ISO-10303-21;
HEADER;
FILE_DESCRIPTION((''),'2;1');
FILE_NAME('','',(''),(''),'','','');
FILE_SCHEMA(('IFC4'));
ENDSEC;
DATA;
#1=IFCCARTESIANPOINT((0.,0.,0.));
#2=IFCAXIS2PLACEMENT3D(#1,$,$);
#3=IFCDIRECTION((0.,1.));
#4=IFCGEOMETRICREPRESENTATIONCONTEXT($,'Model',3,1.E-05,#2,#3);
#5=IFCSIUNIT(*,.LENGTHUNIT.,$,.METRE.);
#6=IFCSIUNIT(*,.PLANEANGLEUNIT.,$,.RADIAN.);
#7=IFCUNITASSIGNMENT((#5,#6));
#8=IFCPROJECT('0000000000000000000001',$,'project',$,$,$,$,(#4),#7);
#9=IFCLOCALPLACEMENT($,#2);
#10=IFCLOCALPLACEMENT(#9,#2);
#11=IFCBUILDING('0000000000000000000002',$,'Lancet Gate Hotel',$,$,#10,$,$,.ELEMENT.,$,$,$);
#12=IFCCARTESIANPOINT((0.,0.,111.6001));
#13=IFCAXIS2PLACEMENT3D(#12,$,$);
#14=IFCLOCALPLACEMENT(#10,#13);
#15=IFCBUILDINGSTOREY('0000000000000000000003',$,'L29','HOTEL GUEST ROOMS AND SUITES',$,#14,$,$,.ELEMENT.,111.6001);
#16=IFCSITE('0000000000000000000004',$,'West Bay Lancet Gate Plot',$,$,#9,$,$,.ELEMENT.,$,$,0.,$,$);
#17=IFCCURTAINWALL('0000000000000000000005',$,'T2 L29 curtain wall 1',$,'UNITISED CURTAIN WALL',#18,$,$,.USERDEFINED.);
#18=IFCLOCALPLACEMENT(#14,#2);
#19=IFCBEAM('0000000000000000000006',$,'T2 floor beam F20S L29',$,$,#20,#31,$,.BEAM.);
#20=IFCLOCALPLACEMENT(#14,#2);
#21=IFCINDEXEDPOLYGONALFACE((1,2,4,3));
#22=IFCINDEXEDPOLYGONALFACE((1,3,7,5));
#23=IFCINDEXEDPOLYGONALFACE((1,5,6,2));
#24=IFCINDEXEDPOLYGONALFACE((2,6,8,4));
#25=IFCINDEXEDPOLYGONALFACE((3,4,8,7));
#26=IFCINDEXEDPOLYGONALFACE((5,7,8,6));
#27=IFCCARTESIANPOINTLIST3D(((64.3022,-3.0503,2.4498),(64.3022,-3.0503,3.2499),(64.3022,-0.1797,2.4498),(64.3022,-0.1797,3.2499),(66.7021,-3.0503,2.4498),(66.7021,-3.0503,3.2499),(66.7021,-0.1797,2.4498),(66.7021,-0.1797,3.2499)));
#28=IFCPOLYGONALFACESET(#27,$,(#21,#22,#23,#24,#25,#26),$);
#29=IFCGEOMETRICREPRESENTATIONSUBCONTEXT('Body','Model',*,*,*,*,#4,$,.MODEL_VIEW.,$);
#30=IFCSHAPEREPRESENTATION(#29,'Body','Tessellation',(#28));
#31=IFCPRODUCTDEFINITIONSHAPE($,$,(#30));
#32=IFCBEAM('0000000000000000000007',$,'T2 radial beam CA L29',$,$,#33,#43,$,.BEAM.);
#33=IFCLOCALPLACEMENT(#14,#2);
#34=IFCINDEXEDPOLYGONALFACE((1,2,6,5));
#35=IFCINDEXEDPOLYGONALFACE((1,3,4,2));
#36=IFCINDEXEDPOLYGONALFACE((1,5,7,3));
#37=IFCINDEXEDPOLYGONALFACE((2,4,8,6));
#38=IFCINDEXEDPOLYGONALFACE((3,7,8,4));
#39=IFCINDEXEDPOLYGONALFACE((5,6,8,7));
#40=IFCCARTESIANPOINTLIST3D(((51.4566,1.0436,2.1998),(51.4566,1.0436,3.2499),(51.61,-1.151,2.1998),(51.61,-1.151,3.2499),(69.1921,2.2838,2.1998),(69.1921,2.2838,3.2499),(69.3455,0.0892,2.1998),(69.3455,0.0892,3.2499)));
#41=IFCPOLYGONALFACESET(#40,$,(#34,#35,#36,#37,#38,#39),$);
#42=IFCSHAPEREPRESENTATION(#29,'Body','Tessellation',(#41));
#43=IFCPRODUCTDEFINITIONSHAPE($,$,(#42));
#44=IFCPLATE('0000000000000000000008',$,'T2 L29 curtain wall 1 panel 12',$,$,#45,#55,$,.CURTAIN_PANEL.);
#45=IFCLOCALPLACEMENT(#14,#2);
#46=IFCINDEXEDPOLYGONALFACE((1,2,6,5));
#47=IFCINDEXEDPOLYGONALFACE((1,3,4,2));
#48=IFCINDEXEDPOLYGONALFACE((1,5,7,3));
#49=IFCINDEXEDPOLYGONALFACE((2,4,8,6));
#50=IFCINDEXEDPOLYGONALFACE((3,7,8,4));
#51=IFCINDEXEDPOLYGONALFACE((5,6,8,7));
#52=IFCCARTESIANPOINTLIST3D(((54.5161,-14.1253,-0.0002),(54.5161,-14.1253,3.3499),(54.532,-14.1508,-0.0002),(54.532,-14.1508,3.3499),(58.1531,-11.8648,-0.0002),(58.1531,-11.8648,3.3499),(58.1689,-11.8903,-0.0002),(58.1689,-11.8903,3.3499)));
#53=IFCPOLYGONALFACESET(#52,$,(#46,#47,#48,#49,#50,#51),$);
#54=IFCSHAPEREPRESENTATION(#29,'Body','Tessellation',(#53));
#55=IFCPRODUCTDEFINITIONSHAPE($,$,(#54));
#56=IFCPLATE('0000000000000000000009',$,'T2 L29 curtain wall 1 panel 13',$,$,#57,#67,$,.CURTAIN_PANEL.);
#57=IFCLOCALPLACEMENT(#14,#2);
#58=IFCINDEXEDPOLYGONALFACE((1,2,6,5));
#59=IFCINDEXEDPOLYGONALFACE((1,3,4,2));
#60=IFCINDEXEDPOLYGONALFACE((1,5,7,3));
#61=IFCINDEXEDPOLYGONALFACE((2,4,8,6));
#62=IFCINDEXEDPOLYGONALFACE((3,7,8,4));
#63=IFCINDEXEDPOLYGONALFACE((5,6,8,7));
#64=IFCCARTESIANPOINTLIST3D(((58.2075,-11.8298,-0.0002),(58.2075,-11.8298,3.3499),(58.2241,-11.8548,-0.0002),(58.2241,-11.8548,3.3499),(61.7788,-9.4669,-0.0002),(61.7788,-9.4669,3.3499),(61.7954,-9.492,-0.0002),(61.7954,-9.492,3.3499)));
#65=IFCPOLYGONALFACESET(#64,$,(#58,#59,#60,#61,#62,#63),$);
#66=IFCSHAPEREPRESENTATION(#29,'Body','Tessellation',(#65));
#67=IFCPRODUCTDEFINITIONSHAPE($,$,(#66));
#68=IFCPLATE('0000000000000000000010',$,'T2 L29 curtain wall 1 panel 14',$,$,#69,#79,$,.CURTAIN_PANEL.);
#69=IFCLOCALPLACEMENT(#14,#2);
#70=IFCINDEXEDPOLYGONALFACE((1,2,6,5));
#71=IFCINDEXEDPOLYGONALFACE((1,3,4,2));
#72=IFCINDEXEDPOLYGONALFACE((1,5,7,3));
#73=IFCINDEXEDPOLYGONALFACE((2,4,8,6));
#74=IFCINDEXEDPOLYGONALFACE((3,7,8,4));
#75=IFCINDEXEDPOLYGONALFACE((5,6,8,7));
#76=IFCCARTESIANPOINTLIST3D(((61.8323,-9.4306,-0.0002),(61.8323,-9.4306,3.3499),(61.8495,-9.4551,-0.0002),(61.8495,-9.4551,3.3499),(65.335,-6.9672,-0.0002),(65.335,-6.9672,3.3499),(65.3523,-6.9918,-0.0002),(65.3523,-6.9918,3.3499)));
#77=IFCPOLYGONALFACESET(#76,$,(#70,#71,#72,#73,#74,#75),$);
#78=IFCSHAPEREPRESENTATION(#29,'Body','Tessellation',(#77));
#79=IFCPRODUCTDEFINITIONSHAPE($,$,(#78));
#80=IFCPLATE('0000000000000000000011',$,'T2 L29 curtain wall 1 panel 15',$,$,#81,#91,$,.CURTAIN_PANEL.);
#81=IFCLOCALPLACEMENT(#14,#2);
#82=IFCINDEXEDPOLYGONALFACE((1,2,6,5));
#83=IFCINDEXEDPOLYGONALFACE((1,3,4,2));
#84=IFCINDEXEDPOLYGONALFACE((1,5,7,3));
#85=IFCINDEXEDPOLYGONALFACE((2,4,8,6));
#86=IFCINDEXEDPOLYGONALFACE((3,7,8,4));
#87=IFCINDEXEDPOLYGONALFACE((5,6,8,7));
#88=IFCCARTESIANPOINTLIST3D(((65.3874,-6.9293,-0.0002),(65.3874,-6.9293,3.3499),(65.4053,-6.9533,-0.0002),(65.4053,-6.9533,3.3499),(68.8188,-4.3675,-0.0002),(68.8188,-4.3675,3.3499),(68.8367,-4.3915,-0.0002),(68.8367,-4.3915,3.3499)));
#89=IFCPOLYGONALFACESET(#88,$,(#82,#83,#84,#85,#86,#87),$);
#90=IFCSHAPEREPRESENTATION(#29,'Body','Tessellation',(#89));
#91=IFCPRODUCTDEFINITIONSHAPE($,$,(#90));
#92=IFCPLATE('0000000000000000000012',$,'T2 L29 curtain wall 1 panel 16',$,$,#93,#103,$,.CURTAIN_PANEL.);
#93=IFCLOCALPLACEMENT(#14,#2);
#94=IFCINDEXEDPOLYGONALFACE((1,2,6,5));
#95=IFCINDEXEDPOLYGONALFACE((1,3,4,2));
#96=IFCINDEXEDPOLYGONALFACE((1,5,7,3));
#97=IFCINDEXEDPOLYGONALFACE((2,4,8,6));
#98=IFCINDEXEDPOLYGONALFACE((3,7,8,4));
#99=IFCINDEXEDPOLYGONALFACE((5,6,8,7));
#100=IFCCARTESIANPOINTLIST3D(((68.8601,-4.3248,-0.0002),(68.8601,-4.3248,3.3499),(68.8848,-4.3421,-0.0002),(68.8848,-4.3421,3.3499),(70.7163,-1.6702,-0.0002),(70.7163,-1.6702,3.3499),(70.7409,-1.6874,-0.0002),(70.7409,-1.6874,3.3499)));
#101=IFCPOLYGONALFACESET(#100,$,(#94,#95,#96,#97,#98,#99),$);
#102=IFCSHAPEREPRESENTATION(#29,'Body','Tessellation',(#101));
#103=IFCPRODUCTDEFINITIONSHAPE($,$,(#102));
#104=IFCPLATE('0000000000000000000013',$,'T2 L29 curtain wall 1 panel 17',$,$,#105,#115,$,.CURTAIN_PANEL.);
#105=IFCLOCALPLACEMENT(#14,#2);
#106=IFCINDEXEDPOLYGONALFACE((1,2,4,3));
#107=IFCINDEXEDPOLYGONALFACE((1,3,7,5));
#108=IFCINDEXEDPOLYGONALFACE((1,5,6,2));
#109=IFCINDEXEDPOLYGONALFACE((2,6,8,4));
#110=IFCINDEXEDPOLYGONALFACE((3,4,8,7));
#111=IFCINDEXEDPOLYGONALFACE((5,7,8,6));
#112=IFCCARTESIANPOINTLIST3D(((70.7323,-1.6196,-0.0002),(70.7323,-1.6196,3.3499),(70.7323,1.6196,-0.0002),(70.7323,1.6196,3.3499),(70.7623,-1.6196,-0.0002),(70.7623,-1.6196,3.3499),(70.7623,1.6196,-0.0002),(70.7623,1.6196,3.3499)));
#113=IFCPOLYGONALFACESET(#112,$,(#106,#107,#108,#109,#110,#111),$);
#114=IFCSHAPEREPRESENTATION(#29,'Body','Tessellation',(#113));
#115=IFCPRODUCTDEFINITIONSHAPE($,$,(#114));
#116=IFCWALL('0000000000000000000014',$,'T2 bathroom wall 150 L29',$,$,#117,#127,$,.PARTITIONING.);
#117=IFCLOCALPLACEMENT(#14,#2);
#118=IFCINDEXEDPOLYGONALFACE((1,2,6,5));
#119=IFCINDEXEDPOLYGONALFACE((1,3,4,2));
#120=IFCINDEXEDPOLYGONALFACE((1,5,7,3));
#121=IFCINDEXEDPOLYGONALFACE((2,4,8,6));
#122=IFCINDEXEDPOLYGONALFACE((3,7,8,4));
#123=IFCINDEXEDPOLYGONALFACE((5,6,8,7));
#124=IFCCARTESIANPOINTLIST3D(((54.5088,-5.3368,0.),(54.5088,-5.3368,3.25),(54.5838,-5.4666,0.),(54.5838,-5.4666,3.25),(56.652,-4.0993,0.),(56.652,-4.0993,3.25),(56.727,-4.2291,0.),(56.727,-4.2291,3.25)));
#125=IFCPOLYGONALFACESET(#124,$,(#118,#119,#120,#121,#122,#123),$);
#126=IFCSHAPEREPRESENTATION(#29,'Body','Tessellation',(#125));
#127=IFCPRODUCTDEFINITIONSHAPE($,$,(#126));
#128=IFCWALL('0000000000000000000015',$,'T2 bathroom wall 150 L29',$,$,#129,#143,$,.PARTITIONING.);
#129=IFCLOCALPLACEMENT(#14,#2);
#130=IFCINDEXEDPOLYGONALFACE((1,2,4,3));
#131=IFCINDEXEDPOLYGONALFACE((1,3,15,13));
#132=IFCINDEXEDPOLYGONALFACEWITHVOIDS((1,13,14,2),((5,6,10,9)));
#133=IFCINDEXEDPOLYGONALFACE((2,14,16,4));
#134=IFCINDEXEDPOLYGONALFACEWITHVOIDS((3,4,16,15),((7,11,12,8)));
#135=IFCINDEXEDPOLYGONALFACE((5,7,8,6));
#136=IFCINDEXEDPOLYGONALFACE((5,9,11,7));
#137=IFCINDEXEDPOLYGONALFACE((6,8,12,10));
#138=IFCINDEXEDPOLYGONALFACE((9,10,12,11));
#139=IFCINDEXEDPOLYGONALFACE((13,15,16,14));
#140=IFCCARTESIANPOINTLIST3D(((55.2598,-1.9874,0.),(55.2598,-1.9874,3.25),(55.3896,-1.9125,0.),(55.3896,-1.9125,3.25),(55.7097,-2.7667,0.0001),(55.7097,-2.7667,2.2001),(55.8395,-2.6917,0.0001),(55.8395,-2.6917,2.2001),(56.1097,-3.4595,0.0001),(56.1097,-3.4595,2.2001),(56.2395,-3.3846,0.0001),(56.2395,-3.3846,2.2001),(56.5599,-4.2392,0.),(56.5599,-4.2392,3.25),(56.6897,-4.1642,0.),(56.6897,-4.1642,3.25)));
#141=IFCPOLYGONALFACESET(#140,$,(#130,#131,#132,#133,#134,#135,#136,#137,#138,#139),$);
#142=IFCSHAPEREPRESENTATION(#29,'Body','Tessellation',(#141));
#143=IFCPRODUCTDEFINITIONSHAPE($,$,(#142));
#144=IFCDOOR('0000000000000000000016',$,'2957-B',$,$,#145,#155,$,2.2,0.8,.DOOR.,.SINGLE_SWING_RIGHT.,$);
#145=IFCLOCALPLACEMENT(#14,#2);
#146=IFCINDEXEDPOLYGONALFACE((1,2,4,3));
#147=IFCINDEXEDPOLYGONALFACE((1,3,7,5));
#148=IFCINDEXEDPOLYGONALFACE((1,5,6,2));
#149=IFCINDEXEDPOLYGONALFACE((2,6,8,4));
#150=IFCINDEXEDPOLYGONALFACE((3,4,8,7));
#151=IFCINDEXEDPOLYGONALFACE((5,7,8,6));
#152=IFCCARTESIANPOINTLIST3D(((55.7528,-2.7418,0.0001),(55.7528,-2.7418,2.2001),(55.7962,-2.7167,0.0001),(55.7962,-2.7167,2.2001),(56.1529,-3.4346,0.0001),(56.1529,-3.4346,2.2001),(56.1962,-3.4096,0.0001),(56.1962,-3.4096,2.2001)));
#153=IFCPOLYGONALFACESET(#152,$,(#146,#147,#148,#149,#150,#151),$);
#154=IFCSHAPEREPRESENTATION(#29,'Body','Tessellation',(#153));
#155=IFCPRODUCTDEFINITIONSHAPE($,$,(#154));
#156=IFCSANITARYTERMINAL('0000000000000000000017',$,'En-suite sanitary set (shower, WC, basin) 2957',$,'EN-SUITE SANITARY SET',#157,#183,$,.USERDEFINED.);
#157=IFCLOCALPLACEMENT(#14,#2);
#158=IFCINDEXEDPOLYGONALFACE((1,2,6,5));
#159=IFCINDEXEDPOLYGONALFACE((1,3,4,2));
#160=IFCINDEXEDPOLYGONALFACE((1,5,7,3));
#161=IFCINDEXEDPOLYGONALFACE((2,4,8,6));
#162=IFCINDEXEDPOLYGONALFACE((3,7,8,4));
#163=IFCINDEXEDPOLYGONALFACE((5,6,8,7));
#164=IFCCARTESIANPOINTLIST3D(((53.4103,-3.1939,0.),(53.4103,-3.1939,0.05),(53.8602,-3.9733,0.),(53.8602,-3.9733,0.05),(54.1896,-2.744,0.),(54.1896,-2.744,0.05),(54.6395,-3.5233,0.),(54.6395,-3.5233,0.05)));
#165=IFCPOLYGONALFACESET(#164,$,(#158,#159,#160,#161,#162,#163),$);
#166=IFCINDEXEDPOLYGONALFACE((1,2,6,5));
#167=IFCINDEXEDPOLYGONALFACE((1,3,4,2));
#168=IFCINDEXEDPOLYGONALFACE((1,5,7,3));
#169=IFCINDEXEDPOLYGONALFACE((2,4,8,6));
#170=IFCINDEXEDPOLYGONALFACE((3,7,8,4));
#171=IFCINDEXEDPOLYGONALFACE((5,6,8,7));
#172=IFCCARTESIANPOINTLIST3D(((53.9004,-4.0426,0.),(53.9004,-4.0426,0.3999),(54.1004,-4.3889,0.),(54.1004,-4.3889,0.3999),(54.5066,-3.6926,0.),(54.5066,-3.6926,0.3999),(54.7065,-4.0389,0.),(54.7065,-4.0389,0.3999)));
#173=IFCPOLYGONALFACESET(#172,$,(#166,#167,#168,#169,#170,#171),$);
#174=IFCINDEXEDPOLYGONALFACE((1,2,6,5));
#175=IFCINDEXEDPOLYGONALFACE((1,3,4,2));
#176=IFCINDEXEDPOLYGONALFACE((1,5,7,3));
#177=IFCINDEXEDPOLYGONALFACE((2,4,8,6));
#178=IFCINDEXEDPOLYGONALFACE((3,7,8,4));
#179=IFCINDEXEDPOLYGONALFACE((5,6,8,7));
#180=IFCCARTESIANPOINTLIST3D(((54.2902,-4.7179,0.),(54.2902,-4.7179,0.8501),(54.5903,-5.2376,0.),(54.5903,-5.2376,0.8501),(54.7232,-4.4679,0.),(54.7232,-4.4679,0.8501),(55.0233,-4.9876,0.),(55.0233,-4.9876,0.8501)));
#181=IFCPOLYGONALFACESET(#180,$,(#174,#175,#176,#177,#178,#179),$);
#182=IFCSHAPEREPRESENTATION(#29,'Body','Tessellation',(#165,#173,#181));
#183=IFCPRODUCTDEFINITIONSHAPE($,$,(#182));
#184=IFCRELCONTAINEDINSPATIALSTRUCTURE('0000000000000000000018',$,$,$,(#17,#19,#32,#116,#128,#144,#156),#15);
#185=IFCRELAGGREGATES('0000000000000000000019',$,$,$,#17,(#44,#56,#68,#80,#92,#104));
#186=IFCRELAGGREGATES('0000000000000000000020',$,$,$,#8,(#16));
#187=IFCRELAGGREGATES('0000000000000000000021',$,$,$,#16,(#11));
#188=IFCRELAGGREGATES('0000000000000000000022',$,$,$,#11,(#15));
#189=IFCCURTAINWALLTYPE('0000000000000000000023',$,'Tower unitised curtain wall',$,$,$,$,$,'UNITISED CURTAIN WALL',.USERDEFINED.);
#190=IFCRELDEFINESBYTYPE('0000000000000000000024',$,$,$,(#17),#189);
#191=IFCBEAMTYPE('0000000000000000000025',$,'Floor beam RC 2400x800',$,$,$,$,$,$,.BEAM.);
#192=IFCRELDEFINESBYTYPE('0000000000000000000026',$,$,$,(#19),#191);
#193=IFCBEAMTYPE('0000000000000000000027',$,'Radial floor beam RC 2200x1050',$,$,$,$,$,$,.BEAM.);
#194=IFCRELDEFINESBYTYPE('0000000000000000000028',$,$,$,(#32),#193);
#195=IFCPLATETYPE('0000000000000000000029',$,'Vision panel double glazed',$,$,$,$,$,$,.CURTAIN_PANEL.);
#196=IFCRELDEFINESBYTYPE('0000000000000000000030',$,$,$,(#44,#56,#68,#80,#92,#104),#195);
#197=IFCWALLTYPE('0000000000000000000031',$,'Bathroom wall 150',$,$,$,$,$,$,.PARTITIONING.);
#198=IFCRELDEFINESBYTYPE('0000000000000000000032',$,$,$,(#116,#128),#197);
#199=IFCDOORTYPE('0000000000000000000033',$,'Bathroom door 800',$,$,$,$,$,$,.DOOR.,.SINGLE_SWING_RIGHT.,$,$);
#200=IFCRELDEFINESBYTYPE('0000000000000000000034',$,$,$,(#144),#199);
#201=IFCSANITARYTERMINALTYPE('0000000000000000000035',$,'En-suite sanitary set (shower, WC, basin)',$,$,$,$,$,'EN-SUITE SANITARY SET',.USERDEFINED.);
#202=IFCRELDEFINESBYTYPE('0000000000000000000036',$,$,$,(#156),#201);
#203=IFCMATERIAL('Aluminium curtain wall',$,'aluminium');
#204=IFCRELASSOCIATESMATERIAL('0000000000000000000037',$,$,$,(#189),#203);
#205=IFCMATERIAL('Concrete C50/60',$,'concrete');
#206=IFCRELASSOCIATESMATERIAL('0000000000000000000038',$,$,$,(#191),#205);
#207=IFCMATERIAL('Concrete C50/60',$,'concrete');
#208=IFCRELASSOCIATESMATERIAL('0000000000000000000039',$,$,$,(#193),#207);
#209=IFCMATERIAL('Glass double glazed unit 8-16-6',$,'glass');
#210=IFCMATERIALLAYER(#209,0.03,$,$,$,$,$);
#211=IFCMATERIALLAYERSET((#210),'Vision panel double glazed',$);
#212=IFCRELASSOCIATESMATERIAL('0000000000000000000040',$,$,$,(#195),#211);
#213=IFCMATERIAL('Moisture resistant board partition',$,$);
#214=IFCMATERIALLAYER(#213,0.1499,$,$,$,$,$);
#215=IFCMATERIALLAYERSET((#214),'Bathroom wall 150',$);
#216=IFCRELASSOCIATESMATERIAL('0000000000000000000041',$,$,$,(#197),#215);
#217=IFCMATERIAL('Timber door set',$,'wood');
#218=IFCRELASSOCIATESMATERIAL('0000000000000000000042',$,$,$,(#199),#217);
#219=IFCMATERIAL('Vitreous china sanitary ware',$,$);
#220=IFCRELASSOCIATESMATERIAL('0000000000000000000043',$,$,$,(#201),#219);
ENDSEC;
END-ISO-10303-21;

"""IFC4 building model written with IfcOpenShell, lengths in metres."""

from ifc_helpers import new_model, si_unit, direction, frame, frame_2d, origin, origin_2d, place, context, subcontext, project, spatial, rectangle, extrude, material, layer, layer_set, material_profile, profile_set, type_object, element, fill, aggregate, save


model = new_model("IFC4")

# Units and contexts
model_context = context("Model", 3, precision=1e-05, world=origin(), true_north=direction((0.0, 1.0)))
body_context = subcontext(model_context, "Body", "Model", "MODEL_VIEW")
ifc_project = project(units=[si_unit("LENGTHUNIT", "METRE"), si_unit("PLANEANGLEUNIT", "RADIAN")], contexts=[model_context])

# Site, building, storey
site_placement = place(None, origin())
site = spatial("IfcSite", under=ifc_project, at=site_placement, Name="West Bay Lancet Gate Plot", CompositionType="ELEMENT", RefElevation=0.0)
building_placement = place(site_placement, origin())
building = spatial("IfcBuilding", under=site, at=building_placement, Name="Lancet Gate Hotel", CompositionType="ELEMENT")
storey_placement = place(building_placement, frame((0.0, 0.0, 111.6001)))
storey = spatial("IfcBuildingStorey", under=building, at=storey_placement, Name="L29", Description="HOTEL GUEST ROOMS AND SUITES", CompositionType="ELEMENT", Elevation=111.6001)

# Curtain wall
ifc_material_1 = material(Name="Aluminium curtain wall", Category="aluminium")
curtain_wall_type = type_object("IfcCurtainWallType", Name="Tower unitised curtain wall", ElementType="UNITISED CURTAIN WALL", PredefinedType="USERDEFINED", material=ifc_material_1)
curtain_wall_placement = place(storey_placement, origin())
curtain_wall = element("IfcCurtainWall", 1, at=curtain_wall_placement, inside=storey, type_object=curtain_wall_type, Name="T2 L29 curtain wall 1", ObjectType="UNITISED CURTAIN WALL", PredefinedType="USERDEFINED")

# Beams
ifc_material_2 = material(Name="Concrete C50/60", Category="concrete")
ifc_material_profile_1 = material_profile(ifc_material_2, rectangle(XDim=2.3999, YDim=0.8, at=origin_2d()), Name="RC 2400x800")
ifc_profile_set_1 = profile_set([ifc_material_profile_1], Name="Concrete C50/60")
beam_type_1 = type_object("IfcBeamType", Name="Floor beam RC 2400x800", PredefinedType="BEAM", material=ifc_profile_set_1)
beam_1_placement = place(storey_placement, frame((65.5022, -3.0503, 2.8499), z_axis=(0.0, 1.0, 0.0), x_axis=(-1.0, 0.0, 0.0)))
element("IfcBeam", 2, at=beam_1_placement, inside=storey, type_object=beam_type_1, Name="T2 floor beam F20S L29", PredefinedType="BEAM", context=body_context, shape_type="SweptSolid", body=[
    extrude(rectangle(XDim=2.3999, YDim=0.8, at=origin_2d()), origin(), (0.0, 0.0, 1.0), 2.8706),
])
ifc_material_3 = material(Name="Concrete C50/60", Category="concrete")
ifc_material_profile_2 = material_profile(ifc_material_3, rectangle(XDim=2.2, YDim=1.05, at=origin_2d()), Name="RC 2200x1050")
ifc_profile_set_2 = profile_set([ifc_material_profile_2], Name="Concrete C50/60")
beam_type_2 = type_object("IfcBeamType", Name="Radial floor beam RC 2200x1050", PredefinedType="BEAM", material=ifc_profile_set_2)
beam_2_placement = place(storey_placement, frame((69.2688, 1.1865, 2.7249), z_axis=(-0.997564, -0.069759, 0.0), x_axis=(0.069759, -0.997564, 0.0)))
element("IfcBeam", 3, at=beam_2_placement, inside=storey, type_object=beam_type_2, Name="T2 radial beam CA L29", PredefinedType="BEAM", context=body_context, shape_type="SweptSolid", body=[
    extrude(rectangle(XDim=2.2, YDim=1.05, at=origin_2d()), origin(), (0.0, 0.0, 1.0), 17.7788),
])

# Plates
ifc_material_4 = material(Name="Glass double glazed unit 8-16-6", Category="glass")
ifc_layer_1 = layer(ifc_material_4, 0.03)
ifc_layer_set_1 = layer_set([ifc_layer_1], Name="Vision panel double glazed")
plate_type = type_object("IfcPlateType", Name="Vision panel double glazed", PredefinedType="CURTAIN_PANEL", material=ifc_layer_set_1)
plate_1_placement = place(storey_placement, frame((56.3425, -13.0078, -0.0002), z_axis=(0.0, 0.0, 1.0), x_axis=(0.849318, 0.527882, 0.0)))
plate_1 = element("IfcPlate", 4, at=plate_1_placement, type_object=plate_type, Name="T2 L29 curtain wall 1 panel 12", PredefinedType="CURTAIN_PANEL", context=body_context, shape_type="SweptSolid", body=[
    extrude(rectangle(XDim=4.2822, YDim=0.03, at=origin_2d()), origin(), (0.0, 0.0, 1.0), 3.3501),
])
plate_2_placement = place(storey_placement, frame((60.0015, -10.6609, -0.0002), z_axis=(0.0, 0.0, 1.0), x_axis=(0.833985, 0.551787, 0.0)))
plate_2 = element("IfcPlate", 5, at=plate_2_placement, type_object=plate_type, Name="T2 L29 curtain wall 1 panel 13", PredefinedType="CURTAIN_PANEL", context=body_context, shape_type="SweptSolid", body=[
    extrude(rectangle(XDim=4.2822, YDim=0.03, at=origin_2d()), origin(), (0.0, 0.0, 1.0), 3.3501),
])
plate_3_placement = place(storey_placement, frame((63.5923, -8.2112, -0.0002), z_axis=(0.0, 0.0, 1.0), x_axis=(0.817979, 0.575247, 0.0)))
plate_3 = element("IfcPlate", 6, at=plate_3_placement, type_object=plate_type, Name="T2 L29 curtain wall 1 panel 14", PredefinedType="CURTAIN_PANEL", context=body_context, shape_type="SweptSolid", body=[
    extrude(rectangle(XDim=4.2822, YDim=0.03, at=origin_2d()), origin(), (0.0, 0.0, 1.0), 3.3501),
])
plate_4_placement = place(storey_placement, frame((67.1121, -5.6604, -0.0002), z_axis=(0.0, 0.0, 1.0), x_axis=(0.801314, 0.598244, 0.0)))
plate_4 = element("IfcPlate", 7, at=plate_4_placement, type_object=plate_type, Name="T2 L29 curtain wall 1 panel 15", PredefinedType="CURTAIN_PANEL", context=body_context, shape_type="SweptSolid", body=[
    extrude(rectangle(XDim=4.2822, YDim=0.03, at=origin_2d()), origin(), (0.0, 0.0, 1.0), 3.3501),
])
plate_5_placement = place(storey_placement, frame((69.8005, -3.0061, -0.0002), z_axis=(0.0, 0.0, 1.0), x_axis=(0.573025, 0.819538, 0.0)))
plate_5 = element("IfcPlate", 8, at=plate_5_placement, type_object=plate_type, Name="T2 L29 curtain wall 1 panel 16", PredefinedType="CURTAIN_PANEL", context=body_context, shape_type="SweptSolid", body=[
    extrude(rectangle(XDim=3.2393, YDim=0.03, at=origin_2d()), origin(), (0.0, 0.0, 1.0), 3.3501),
])
plate_6_placement = place(storey_placement, frame((70.7473, 0.0, -0.0002), z_axis=(0.0, 0.0, 1.0), x_axis=(0.0, 1.0, 0.0)))
plate_6 = element("IfcPlate", 9, at=plate_6_placement, type_object=plate_type, Name="T2 L29 curtain wall 1 panel 17", PredefinedType="CURTAIN_PANEL", context=body_context, shape_type="SweptSolid", body=[
    extrude(rectangle(XDim=3.2393, YDim=0.03, at=origin_2d()), origin(), (0.0, 0.0, 1.0), 3.3501),
])
aggregate(curtain_wall, [plate_1, plate_2, plate_3, plate_4, plate_5, plate_6])

# Wall
ifc_material_5 = material(Name="Moisture resistant board partition")
ifc_layer_2 = layer(ifc_material_5, 0.1499)
ifc_layer_set_2 = layer_set([ifc_layer_2], Name="Bathroom wall 150")
wall_type = type_object("IfcWallType", Name="Bathroom wall 150", PredefinedType="PARTITIONING", material=ifc_layer_set_2)
wall_1_placement = place(storey_placement, frame((54.5464, -5.4016, 0.0), z_axis=(0.0, 0.0, 1.0), x_axis=(0.866007, 0.500033, 0.0)))
element("IfcWall", 10, at=wall_1_placement, inside=storey, type_object=wall_type, Name="T2 bathroom wall 150 L29", PredefinedType="PARTITIONING", context=body_context, shape_type="SweptSolid", body=[
    extrude(rectangle(XDim=2.4749, YDim=0.1499, at=frame_2d((1.2373, 0.0))), origin(), (0.0, 0.0, 1.0), 3.25),
])

# Wall, opening, door
wall_2_placement = place(storey_placement, frame((55.3247, -1.95, 0.0), z_axis=(0.0, 0.0, 1.0), x_axis=(0.500007, -0.866021, 0.0)))
wall_2 = element("IfcWall", 11, at=wall_2_placement, inside=storey, type_object=wall_type, Name="T2 bathroom wall 150 L29", PredefinedType="PARTITIONING", context=body_context, shape_type="SweptSolid", body=[
    extrude(rectangle(XDim=2.6001, YDim=0.1499, at=frame_2d((1.3, 0.0))), origin(), (0.0, 0.0, 1.0), 3.25),
])
opening_placement = place(wall_2_placement, frame((0.8999, 0.0, 0.0)))
opening = element("IfcOpeningElement", 12, at=opening_placement, cuts=wall_2, PredefinedType="OPENING", context=body_context, shape_type="SweptSolid", body=[
    extrude(rectangle(XDim=0.8, YDim=2.2, at=frame_2d((0.3999, 1.1001))), frame((0.0, 0.085, 0.0), z_axis=(0.0, -1.0, 0.0), x_axis=(1.0, 0.0, 0.0)), (0.0, 0.0, 1.0), 0.1699),
])
ifc_material_6 = material(Name="Timber door set", Category="wood")
door_type = type_object("IfcDoorType", Name="Bathroom door 800", OperationType="SINGLE_SWING_RIGHT", PredefinedType="DOOR", material=ifc_material_6)
door_placement = place(opening_placement, origin())
door = element("IfcDoor", 13, at=door_placement, inside=storey, type_object=door_type, Name="2957-B", OperationType="SINGLE_SWING_RIGHT", OverallHeight=2.2, OverallWidth=0.8, PredefinedType="DOOR", context=body_context, shape_type="SweptSolid", body=[
    extrude(rectangle(XDim=0.8, YDim=2.2, at=frame_2d((0.3999, 1.1001))), frame((0.0, 0.0249, 0.0), z_axis=(0.0, -1.0, 0.0), x_axis=(1.0, 0.0, 0.0)), (0.0, 0.0, 1.0), 0.05),
])
fill(opening, door)

# Sanitary terminal
ifc_material_7 = material(Name="Vitreous china sanitary ware")
sanitary_terminal_type = type_object("IfcSanitaryTerminalType", Name="En-suite sanitary set (shower, WC, basin)", ElementType="EN-SUITE SANITARY SET", PredefinedType="USERDEFINED", material=ifc_material_7)
sanitary_terminal_placement = place(storey_placement, frame((54.0249, -3.3586, 0.0), z_axis=(0.0, 0.0, 1.0), x_axis=(1.0, 0.0, 0.0)))
element("IfcSanitaryTerminal", 14, at=sanitary_terminal_placement, inside=storey, type_object=sanitary_terminal_type, Name="En-suite sanitary set (shower, WC, basin) 2957", ObjectType="EN-SUITE SANITARY SET", PredefinedType="USERDEFINED", context=body_context, shape_type="SweptSolid", body=[
    extrude(rectangle(XDim=0.8999, YDim=0.8999, at=origin_2d()), frame((0.0, 0.0, 0.0), z_axis=(0.0, 0.0, 1.0), x_axis=(-0.5, 0.866025, 0.0)), (0.0, 0.0, 1.0), 0.05),
    extrude(rectangle(XDim=0.3999, YDim=0.7, at=origin_2d()), frame((0.2786, -0.6821, 0.0), z_axis=(0.0, 0.0, 1.0), x_axis=(-0.5, 0.866025, 0.0)), (0.0, 0.0, 1.0), 0.3999),
    extrude(rectangle(XDim=0.6001, YDim=0.5, at=origin_2d()), frame((0.6318, -1.4941, 0.0), z_axis=(0.0, 0.0, 1.0), x_axis=(-0.5, 0.866025, 0.0)), (0.0, 0.0, 1.0), 0.8501),
])

save(model, "model.ifc")
